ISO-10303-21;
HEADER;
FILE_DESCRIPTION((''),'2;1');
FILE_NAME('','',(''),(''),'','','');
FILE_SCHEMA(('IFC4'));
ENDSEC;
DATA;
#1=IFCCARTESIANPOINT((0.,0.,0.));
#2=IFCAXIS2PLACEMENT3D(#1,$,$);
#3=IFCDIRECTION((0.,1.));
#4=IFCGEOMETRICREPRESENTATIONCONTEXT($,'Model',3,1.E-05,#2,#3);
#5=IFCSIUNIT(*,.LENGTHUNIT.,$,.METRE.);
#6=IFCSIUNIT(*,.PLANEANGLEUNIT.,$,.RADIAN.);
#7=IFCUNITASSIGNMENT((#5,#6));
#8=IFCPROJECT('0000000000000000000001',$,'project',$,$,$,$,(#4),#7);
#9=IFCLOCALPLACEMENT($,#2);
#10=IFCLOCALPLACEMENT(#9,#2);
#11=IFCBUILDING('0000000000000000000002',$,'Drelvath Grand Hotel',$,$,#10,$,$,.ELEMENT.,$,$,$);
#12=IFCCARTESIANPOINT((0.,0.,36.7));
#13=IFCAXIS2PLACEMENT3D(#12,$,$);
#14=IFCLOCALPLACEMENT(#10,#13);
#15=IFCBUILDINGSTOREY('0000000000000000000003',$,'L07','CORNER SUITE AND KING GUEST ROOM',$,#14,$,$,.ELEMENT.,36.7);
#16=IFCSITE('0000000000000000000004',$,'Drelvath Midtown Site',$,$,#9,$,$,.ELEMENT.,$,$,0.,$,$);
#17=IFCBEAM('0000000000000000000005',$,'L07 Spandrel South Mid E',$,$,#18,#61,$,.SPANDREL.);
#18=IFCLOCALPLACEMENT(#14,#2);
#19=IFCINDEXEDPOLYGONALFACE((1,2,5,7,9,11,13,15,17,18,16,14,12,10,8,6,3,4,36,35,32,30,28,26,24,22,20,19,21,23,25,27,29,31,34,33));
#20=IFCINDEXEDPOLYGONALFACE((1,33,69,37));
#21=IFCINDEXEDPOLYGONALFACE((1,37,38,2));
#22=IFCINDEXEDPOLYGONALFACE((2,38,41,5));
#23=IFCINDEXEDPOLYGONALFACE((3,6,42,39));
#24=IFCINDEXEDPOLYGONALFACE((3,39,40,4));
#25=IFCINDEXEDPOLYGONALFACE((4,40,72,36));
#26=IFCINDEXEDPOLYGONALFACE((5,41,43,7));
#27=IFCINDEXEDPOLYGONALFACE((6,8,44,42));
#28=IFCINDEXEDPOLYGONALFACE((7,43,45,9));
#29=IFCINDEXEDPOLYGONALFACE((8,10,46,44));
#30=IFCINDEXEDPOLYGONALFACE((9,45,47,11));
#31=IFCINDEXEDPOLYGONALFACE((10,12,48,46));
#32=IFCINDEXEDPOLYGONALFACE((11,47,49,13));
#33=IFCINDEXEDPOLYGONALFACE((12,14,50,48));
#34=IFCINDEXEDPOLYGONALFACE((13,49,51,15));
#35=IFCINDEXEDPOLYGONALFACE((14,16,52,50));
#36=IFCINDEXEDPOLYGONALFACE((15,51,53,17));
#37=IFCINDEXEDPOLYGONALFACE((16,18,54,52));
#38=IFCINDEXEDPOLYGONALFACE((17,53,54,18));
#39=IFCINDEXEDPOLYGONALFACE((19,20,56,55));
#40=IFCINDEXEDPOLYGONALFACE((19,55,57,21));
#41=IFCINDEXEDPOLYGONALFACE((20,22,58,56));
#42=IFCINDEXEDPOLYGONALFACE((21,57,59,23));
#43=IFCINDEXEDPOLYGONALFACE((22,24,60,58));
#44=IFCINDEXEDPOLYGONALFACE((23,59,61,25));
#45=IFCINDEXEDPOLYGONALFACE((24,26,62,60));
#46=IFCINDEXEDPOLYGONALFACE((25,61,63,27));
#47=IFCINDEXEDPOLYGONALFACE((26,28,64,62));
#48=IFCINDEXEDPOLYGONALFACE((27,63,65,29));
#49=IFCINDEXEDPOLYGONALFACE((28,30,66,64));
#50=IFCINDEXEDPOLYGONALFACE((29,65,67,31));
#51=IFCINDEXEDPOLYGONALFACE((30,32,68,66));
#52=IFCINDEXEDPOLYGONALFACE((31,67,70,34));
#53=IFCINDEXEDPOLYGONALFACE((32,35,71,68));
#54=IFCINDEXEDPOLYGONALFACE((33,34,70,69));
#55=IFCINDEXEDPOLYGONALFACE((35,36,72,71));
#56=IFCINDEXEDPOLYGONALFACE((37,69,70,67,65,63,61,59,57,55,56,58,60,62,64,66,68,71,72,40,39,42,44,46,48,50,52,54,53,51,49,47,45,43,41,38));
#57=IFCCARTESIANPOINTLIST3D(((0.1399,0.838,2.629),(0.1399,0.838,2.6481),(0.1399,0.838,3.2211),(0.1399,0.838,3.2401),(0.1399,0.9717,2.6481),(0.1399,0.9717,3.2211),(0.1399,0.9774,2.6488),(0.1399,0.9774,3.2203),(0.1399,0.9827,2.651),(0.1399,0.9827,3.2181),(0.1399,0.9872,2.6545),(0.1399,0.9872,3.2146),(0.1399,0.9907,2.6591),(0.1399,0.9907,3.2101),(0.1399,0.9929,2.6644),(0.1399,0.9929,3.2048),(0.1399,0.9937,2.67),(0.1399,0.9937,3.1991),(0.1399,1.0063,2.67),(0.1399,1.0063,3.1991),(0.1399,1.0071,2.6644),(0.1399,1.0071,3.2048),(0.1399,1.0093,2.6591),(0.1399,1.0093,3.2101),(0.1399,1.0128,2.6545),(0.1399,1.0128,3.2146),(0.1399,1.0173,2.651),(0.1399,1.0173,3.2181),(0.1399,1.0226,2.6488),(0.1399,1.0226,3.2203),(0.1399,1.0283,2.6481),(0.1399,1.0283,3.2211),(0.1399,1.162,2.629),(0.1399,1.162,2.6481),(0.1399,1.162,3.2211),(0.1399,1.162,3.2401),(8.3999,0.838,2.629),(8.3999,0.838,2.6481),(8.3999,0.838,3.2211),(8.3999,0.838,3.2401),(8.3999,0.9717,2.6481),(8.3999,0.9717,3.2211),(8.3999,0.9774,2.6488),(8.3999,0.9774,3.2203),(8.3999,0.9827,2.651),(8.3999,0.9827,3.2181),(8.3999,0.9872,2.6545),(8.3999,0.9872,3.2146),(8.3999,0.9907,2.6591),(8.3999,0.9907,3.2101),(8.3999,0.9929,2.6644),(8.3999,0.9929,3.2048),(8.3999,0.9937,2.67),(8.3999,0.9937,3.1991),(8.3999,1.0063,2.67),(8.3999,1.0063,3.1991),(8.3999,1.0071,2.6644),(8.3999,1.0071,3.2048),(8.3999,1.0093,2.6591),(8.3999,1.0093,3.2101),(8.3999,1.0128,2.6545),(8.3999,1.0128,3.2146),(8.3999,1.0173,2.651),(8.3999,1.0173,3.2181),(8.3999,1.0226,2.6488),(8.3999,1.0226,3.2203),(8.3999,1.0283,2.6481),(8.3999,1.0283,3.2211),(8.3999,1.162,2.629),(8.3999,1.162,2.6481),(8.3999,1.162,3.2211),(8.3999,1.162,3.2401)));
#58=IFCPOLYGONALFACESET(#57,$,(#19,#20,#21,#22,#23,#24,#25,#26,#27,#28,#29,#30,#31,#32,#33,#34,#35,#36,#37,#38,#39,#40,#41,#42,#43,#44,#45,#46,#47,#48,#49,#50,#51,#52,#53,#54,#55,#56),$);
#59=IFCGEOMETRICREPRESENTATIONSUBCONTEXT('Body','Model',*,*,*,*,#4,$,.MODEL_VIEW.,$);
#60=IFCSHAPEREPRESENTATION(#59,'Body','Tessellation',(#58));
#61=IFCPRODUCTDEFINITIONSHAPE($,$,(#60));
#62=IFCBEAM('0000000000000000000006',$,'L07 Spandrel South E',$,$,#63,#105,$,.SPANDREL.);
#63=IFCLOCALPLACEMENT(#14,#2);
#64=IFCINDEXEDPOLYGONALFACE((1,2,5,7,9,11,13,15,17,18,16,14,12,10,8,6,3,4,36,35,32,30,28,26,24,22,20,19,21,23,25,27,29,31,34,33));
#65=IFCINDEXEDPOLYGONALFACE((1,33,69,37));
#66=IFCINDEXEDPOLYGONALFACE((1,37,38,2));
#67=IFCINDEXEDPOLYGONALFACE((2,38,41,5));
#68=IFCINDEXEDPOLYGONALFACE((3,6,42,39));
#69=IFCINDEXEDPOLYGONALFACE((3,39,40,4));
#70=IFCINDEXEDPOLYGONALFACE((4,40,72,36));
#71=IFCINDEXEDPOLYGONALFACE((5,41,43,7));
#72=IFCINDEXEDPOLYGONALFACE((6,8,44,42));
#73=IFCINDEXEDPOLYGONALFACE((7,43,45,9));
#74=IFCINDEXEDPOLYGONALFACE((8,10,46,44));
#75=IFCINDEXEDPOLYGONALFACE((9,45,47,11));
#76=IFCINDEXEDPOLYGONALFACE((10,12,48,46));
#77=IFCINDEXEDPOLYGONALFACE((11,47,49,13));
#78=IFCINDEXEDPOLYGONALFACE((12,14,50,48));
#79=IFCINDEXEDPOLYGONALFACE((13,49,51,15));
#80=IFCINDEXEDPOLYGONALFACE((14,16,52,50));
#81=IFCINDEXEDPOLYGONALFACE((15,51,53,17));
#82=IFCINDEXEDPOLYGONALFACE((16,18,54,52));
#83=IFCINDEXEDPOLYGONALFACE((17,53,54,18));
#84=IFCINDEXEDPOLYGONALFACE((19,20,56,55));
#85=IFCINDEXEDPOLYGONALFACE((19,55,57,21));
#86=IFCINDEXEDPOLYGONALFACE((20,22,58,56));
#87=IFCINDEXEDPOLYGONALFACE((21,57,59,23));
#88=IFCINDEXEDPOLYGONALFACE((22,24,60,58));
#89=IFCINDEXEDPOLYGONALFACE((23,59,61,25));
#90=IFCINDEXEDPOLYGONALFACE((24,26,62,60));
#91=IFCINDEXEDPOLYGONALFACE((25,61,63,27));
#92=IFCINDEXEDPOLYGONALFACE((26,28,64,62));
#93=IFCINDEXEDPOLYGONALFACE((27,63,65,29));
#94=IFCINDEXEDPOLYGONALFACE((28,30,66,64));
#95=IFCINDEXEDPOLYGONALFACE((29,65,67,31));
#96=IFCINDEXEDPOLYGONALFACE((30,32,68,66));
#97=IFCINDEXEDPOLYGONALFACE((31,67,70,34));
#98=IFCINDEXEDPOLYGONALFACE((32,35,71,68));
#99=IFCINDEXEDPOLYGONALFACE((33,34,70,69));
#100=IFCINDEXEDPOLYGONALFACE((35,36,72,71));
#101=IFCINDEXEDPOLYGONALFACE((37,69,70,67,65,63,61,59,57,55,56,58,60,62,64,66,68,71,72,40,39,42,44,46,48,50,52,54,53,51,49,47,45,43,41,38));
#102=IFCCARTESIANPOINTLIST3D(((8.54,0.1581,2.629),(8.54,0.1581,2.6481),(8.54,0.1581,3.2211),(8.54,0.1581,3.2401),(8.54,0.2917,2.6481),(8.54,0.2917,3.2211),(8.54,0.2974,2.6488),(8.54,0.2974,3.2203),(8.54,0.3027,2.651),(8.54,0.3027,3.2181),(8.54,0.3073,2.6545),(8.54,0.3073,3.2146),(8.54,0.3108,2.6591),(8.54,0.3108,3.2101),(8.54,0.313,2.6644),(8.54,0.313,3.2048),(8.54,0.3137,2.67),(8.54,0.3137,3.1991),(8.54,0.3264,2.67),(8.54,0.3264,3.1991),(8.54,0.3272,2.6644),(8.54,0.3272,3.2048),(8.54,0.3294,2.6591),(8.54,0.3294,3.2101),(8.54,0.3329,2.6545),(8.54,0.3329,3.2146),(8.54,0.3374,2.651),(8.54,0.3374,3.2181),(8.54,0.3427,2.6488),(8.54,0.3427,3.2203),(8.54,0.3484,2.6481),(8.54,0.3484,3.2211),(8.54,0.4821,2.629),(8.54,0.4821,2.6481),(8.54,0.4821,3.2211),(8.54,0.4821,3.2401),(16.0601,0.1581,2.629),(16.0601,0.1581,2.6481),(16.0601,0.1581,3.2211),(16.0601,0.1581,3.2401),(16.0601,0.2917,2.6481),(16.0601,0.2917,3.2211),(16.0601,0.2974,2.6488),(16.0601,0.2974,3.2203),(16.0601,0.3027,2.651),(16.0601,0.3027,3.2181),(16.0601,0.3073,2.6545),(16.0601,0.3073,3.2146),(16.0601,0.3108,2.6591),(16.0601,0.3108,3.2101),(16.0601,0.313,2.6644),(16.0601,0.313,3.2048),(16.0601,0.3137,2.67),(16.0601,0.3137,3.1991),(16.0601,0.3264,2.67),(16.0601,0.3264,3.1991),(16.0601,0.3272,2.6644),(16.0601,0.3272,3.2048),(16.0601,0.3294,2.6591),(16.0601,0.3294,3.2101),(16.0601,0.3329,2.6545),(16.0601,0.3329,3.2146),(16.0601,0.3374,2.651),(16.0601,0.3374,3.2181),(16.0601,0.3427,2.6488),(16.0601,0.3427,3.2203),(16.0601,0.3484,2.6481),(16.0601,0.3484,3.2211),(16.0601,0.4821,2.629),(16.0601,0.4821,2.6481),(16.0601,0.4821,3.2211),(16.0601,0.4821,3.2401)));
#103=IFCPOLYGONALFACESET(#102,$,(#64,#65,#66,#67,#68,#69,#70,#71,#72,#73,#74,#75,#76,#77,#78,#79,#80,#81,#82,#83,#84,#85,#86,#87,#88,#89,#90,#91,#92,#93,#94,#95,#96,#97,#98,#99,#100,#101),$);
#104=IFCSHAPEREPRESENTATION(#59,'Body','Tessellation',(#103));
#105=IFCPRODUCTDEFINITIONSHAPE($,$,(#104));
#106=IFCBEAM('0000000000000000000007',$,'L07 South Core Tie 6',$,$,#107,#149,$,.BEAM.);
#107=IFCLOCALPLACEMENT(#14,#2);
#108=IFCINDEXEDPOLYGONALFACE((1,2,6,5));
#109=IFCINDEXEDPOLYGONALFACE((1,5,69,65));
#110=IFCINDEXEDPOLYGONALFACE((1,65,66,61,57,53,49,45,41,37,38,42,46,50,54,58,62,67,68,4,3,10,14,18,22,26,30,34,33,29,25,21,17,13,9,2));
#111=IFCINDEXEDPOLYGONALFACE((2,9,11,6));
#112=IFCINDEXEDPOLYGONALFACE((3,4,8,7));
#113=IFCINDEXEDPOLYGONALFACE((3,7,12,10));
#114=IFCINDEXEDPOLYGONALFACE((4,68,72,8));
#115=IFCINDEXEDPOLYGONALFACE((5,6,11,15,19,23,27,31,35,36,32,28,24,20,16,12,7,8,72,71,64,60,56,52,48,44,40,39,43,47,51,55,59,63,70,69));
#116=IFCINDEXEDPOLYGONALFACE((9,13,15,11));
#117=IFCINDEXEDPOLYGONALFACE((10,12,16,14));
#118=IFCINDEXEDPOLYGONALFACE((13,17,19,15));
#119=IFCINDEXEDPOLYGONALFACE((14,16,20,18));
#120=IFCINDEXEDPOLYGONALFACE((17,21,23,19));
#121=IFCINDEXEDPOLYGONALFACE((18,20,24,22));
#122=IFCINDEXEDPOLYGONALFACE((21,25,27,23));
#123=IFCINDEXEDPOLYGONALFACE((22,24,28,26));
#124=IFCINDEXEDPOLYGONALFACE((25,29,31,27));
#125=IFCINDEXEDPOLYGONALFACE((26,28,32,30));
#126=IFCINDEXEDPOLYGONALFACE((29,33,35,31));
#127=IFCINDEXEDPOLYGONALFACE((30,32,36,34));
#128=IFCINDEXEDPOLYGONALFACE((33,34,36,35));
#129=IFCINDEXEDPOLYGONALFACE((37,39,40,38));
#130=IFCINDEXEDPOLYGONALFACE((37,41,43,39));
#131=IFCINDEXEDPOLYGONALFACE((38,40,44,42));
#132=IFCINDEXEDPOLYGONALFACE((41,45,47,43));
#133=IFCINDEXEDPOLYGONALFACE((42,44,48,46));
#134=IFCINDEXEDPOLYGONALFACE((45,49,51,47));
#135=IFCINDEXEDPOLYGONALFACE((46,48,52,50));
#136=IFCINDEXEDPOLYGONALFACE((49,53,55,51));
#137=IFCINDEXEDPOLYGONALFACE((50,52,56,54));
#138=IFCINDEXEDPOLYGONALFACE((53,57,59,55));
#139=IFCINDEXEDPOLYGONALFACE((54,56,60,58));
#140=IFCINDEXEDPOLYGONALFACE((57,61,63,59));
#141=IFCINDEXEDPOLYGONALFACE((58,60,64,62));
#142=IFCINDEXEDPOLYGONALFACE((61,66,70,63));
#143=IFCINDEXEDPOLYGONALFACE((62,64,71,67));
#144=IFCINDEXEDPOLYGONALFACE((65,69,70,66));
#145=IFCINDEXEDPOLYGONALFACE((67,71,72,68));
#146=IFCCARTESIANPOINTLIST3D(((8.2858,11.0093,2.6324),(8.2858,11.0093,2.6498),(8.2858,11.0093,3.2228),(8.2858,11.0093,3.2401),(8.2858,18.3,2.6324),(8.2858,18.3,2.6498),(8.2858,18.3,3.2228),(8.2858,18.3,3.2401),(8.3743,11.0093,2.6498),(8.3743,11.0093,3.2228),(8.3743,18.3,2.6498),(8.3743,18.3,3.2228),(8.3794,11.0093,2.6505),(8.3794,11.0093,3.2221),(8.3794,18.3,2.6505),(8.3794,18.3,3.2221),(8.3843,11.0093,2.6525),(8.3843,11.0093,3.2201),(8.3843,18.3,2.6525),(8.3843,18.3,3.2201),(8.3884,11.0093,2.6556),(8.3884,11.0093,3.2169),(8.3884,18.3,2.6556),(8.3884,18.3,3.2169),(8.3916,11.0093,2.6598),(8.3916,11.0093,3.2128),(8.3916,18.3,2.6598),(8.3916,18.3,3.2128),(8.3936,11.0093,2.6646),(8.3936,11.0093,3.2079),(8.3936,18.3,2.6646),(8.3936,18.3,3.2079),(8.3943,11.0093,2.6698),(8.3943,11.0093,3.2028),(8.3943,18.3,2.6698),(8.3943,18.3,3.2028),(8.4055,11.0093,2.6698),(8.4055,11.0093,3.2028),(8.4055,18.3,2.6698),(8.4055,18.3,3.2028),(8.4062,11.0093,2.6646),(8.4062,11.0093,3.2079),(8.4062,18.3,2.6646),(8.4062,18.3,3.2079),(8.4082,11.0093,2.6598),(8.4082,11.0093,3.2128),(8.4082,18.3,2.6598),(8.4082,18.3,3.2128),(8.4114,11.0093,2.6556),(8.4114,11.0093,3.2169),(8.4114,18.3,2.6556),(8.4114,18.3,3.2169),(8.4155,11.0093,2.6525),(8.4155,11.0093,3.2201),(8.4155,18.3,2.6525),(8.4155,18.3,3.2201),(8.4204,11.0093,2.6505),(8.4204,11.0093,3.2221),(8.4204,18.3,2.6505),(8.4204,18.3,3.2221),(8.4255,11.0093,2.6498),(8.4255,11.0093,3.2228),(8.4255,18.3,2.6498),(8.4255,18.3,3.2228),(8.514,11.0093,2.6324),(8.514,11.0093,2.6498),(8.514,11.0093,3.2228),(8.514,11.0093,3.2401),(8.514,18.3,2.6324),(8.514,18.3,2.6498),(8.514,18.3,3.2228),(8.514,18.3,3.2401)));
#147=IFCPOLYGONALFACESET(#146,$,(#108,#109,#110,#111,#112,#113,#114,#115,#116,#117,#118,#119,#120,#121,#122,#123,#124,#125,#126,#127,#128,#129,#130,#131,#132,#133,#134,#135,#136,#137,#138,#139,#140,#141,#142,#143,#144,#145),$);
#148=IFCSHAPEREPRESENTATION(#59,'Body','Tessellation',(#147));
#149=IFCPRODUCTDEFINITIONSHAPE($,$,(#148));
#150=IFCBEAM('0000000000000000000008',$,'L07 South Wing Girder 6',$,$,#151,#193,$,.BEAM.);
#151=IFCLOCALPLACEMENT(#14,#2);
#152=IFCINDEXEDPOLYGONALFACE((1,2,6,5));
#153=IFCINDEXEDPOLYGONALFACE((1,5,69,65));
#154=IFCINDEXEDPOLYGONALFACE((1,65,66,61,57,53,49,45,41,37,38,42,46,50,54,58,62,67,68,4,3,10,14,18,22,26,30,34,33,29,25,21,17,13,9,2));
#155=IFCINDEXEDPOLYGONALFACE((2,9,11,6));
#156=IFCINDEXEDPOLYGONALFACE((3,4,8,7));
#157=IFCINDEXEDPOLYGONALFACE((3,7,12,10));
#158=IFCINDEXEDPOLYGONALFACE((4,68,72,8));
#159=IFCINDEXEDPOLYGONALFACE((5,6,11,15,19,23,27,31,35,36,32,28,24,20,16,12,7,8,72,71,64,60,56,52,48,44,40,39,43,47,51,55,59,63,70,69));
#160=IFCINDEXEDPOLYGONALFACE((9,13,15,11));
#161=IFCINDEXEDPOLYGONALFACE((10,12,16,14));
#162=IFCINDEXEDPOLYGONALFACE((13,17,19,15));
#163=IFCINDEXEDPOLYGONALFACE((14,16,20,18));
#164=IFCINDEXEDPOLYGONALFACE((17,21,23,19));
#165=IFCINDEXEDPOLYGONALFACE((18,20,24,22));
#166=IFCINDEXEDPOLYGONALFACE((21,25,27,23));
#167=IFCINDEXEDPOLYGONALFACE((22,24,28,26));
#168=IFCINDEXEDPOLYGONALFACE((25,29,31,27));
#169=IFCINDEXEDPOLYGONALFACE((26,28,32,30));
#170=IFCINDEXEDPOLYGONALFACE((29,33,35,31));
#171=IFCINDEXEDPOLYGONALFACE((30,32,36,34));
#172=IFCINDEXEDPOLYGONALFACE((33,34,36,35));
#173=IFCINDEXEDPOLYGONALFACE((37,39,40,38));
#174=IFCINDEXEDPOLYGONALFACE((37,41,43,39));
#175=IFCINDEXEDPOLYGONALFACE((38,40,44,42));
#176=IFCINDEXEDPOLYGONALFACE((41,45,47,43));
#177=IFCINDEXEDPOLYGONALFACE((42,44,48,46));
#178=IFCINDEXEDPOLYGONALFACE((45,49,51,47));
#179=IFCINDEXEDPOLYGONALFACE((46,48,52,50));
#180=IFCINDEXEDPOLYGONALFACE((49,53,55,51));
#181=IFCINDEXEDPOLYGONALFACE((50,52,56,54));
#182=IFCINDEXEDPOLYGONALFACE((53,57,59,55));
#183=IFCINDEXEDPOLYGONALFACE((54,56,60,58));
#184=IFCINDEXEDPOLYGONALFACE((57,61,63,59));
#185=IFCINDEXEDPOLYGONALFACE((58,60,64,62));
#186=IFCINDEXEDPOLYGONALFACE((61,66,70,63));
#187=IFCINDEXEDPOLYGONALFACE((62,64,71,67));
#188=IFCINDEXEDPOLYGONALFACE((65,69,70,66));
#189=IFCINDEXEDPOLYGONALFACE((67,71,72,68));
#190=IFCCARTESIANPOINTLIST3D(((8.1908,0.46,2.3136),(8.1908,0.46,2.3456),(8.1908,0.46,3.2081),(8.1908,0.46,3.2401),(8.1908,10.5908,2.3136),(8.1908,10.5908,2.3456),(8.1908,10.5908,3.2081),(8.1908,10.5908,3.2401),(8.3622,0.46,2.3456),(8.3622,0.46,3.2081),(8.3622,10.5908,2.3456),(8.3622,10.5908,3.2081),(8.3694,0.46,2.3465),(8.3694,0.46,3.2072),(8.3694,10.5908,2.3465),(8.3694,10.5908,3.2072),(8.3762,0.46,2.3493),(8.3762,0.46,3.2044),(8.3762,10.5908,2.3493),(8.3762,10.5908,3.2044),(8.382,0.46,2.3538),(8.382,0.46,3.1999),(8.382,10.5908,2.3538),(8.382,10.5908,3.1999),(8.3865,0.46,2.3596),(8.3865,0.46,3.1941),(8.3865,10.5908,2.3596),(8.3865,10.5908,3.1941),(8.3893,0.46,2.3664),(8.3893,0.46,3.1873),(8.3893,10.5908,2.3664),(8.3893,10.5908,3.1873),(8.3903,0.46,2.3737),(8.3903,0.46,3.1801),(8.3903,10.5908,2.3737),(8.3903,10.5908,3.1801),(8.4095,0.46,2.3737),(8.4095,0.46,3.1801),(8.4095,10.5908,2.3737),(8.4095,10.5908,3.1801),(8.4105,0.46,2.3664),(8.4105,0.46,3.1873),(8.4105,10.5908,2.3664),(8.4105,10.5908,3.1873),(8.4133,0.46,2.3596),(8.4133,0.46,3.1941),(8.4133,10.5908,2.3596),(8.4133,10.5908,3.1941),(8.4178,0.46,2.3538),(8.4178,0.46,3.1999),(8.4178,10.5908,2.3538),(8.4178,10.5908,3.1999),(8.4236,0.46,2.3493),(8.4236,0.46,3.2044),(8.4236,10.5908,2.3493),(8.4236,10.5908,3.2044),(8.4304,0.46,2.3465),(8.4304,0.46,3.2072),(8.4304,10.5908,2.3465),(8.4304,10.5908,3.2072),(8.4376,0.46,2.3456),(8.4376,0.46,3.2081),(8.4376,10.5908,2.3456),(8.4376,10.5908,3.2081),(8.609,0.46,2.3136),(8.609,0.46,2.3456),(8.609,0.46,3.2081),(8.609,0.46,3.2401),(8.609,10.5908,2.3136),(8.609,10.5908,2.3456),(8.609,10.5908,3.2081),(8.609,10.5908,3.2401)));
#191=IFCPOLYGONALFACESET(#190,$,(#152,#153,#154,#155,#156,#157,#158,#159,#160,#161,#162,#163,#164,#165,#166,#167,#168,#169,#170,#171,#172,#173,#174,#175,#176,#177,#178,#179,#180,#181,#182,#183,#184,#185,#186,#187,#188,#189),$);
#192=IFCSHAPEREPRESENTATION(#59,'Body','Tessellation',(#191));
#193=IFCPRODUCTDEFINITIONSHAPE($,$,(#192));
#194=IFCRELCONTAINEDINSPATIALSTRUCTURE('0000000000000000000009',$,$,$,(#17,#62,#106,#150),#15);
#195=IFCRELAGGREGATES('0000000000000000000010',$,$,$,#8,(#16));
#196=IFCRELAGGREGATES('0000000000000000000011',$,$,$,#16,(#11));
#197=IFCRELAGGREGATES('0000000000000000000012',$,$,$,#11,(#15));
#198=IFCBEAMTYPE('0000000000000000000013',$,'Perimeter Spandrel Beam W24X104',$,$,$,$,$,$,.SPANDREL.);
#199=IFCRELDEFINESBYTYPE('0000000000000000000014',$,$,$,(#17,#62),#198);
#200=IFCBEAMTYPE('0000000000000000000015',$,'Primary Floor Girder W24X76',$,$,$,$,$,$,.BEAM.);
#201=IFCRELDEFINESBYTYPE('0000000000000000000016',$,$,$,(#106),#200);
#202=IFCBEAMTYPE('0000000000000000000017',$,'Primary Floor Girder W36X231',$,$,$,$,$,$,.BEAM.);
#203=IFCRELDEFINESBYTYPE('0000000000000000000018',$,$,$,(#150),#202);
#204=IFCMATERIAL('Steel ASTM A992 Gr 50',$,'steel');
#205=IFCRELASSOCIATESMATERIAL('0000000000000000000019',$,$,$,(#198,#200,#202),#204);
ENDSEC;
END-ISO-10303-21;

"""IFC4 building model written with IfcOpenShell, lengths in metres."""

from ifc_helpers import new_model, si_unit, direction, frame, origin, origin_2d, place, context, subcontext, project, spatial, i_section, extrude, material, material_profile, profile_set, type_object, element, save


model = new_model("IFC4")

# Units and contexts
model_context = context("Model", 3, precision=1e-05, world=origin(), true_north=direction((0.0, 1.0)))
body_context = subcontext(model_context, "Body", "Model", "MODEL_VIEW")
ifc_project = project(units=[si_unit("LENGTHUNIT", "METRE"), si_unit("PLANEANGLEUNIT", "RADIAN")], contexts=[model_context])

# Site, building, storey
site_placement = place(None, origin())
site = spatial("IfcSite", under=ifc_project, at=site_placement, Name="Drelvath Midtown Site", CompositionType="ELEMENT", RefElevation=0.0)
building_placement = place(site_placement, origin())
building = spatial("IfcBuilding", under=site, at=building_placement, Name="Drelvath Grand Hotel", CompositionType="ELEMENT")
storey_placement = place(building_placement, frame((0.0, 0.0, 36.7)))
storey = spatial("IfcBuildingStorey", under=building, at=storey_placement, Name="L07", Description="CORNER SUITE AND KING GUEST ROOM", CompositionType="ELEMENT", Elevation=36.7)

# Beams
ifc_material_1 = material(Name="Steel ASTM A992 Gr 50", Category="steel")
ifc_material_profile_1 = material_profile(ifc_material_1, i_section(OverallWidth=0.324, OverallDepth=0.6111, WebThickness=0.0127, FlangeThickness=0.019, FilletRadius=0.022, at=origin_2d()), Name="W24X104")
ifc_profile_set_1 = profile_set([ifc_material_profile_1], Name="Steel ASTM A992 Gr 50")
beam_type_1 = type_object("IfcBeamType", Name="Perimeter Spandrel Beam W24X104", PredefinedType="SPANDREL", material=ifc_profile_set_1)
beam_1_placement = place(storey_placement, frame((0.1399, 1.0, 2.9346), z_axis=(1.0, 0.0, 0.0), x_axis=(0.0, 1.0, 0.0)))
element("IfcBeam", 1, at=beam_1_placement, inside=storey, type_object=beam_type_1, Name="L07 Spandrel South Mid E", PredefinedType="SPANDREL", context=body_context, shape_type="SweptSolid", body=[
    extrude(i_section(OverallWidth=0.324, OverallDepth=0.6111, WebThickness=0.0127, FlangeThickness=0.019, FilletRadius=0.022, at=origin_2d()), origin(), (0.0, 0.0, 1.0), 8.26),
])
beam_2_placement = place(storey_placement, frame((8.54, 0.3201, 2.9346), z_axis=(1.0, 0.0, 0.0), x_axis=(0.0, 1.0, 0.0)))
element("IfcBeam", 2, at=beam_2_placement, inside=storey, type_object=beam_type_1, Name="L07 Spandrel South E", PredefinedType="SPANDREL", context=body_context, shape_type="SweptSolid", body=[
    extrude(i_section(OverallWidth=0.324, OverallDepth=0.6111, WebThickness=0.0127, FlangeThickness=0.019, FilletRadius=0.022, at=origin_2d()), origin(), (0.0, 0.0, 1.0), 7.52),
])
ifc_material_profile_2 = material_profile(ifc_material_1, i_section(OverallWidth=0.2283, OverallDepth=0.6077, WebThickness=0.0112, FlangeThickness=0.0173, FilletRadius=0.02, at=origin_2d()), Name="W24X76")
ifc_profile_set_2 = profile_set([ifc_material_profile_2], Name="Steel ASTM A992 Gr 50")
beam_type_2 = type_object("IfcBeamType", Name="Primary Floor Girder W24X76", PredefinedType="BEAM", material=ifc_profile_set_2)
beam_3_placement = place(storey_placement, frame((8.3999, 11.0093, 2.9363), z_axis=(0.0, 1.0, 0.0), x_axis=(-1.0, 0.0, 0.0)))
element("IfcBeam", 3, at=beam_3_placement, inside=storey, type_object=beam_type_2, Name="L07 South Core Tie 6", PredefinedType="BEAM", context=body_context, shape_type="SweptSolid", body=[
    extrude(i_section(OverallWidth=0.2283, OverallDepth=0.6077, WebThickness=0.0112, FlangeThickness=0.0173, FilletRadius=0.02, at=origin_2d()), origin(), (0.0, 0.0, 1.0), 7.2908),
])
ifc_material_profile_3 = material_profile(ifc_material_1, i_section(OverallWidth=0.4182, OverallDepth=0.9265, WebThickness=0.0193, FlangeThickness=0.032, FilletRadius=0.0281, at=origin_2d()), Name="W36X231")
ifc_profile_set_3 = profile_set([ifc_material_profile_3], Name="Steel ASTM A992 Gr 50")
beam_type_3 = type_object("IfcBeamType", Name="Primary Floor Girder W36X231", PredefinedType="BEAM", material=ifc_profile_set_3)
beam_4_placement = place(storey_placement, frame((8.3999, 0.46, 2.7769), z_axis=(0.0, 1.0, 0.0), x_axis=(-1.0, 0.0, 0.0)))
element("IfcBeam", 4, at=beam_4_placement, inside=storey, type_object=beam_type_3, Name="L07 South Wing Girder 6", PredefinedType="BEAM", context=body_context, shape_type="SweptSolid", body=[
    extrude(i_section(OverallWidth=0.4182, OverallDepth=0.9265, WebThickness=0.0193, FlangeThickness=0.032, FilletRadius=0.0281, at=origin_2d()), origin(), (0.0, 0.0, 1.0), 10.1309),
])

save(model, "model.ifc")
